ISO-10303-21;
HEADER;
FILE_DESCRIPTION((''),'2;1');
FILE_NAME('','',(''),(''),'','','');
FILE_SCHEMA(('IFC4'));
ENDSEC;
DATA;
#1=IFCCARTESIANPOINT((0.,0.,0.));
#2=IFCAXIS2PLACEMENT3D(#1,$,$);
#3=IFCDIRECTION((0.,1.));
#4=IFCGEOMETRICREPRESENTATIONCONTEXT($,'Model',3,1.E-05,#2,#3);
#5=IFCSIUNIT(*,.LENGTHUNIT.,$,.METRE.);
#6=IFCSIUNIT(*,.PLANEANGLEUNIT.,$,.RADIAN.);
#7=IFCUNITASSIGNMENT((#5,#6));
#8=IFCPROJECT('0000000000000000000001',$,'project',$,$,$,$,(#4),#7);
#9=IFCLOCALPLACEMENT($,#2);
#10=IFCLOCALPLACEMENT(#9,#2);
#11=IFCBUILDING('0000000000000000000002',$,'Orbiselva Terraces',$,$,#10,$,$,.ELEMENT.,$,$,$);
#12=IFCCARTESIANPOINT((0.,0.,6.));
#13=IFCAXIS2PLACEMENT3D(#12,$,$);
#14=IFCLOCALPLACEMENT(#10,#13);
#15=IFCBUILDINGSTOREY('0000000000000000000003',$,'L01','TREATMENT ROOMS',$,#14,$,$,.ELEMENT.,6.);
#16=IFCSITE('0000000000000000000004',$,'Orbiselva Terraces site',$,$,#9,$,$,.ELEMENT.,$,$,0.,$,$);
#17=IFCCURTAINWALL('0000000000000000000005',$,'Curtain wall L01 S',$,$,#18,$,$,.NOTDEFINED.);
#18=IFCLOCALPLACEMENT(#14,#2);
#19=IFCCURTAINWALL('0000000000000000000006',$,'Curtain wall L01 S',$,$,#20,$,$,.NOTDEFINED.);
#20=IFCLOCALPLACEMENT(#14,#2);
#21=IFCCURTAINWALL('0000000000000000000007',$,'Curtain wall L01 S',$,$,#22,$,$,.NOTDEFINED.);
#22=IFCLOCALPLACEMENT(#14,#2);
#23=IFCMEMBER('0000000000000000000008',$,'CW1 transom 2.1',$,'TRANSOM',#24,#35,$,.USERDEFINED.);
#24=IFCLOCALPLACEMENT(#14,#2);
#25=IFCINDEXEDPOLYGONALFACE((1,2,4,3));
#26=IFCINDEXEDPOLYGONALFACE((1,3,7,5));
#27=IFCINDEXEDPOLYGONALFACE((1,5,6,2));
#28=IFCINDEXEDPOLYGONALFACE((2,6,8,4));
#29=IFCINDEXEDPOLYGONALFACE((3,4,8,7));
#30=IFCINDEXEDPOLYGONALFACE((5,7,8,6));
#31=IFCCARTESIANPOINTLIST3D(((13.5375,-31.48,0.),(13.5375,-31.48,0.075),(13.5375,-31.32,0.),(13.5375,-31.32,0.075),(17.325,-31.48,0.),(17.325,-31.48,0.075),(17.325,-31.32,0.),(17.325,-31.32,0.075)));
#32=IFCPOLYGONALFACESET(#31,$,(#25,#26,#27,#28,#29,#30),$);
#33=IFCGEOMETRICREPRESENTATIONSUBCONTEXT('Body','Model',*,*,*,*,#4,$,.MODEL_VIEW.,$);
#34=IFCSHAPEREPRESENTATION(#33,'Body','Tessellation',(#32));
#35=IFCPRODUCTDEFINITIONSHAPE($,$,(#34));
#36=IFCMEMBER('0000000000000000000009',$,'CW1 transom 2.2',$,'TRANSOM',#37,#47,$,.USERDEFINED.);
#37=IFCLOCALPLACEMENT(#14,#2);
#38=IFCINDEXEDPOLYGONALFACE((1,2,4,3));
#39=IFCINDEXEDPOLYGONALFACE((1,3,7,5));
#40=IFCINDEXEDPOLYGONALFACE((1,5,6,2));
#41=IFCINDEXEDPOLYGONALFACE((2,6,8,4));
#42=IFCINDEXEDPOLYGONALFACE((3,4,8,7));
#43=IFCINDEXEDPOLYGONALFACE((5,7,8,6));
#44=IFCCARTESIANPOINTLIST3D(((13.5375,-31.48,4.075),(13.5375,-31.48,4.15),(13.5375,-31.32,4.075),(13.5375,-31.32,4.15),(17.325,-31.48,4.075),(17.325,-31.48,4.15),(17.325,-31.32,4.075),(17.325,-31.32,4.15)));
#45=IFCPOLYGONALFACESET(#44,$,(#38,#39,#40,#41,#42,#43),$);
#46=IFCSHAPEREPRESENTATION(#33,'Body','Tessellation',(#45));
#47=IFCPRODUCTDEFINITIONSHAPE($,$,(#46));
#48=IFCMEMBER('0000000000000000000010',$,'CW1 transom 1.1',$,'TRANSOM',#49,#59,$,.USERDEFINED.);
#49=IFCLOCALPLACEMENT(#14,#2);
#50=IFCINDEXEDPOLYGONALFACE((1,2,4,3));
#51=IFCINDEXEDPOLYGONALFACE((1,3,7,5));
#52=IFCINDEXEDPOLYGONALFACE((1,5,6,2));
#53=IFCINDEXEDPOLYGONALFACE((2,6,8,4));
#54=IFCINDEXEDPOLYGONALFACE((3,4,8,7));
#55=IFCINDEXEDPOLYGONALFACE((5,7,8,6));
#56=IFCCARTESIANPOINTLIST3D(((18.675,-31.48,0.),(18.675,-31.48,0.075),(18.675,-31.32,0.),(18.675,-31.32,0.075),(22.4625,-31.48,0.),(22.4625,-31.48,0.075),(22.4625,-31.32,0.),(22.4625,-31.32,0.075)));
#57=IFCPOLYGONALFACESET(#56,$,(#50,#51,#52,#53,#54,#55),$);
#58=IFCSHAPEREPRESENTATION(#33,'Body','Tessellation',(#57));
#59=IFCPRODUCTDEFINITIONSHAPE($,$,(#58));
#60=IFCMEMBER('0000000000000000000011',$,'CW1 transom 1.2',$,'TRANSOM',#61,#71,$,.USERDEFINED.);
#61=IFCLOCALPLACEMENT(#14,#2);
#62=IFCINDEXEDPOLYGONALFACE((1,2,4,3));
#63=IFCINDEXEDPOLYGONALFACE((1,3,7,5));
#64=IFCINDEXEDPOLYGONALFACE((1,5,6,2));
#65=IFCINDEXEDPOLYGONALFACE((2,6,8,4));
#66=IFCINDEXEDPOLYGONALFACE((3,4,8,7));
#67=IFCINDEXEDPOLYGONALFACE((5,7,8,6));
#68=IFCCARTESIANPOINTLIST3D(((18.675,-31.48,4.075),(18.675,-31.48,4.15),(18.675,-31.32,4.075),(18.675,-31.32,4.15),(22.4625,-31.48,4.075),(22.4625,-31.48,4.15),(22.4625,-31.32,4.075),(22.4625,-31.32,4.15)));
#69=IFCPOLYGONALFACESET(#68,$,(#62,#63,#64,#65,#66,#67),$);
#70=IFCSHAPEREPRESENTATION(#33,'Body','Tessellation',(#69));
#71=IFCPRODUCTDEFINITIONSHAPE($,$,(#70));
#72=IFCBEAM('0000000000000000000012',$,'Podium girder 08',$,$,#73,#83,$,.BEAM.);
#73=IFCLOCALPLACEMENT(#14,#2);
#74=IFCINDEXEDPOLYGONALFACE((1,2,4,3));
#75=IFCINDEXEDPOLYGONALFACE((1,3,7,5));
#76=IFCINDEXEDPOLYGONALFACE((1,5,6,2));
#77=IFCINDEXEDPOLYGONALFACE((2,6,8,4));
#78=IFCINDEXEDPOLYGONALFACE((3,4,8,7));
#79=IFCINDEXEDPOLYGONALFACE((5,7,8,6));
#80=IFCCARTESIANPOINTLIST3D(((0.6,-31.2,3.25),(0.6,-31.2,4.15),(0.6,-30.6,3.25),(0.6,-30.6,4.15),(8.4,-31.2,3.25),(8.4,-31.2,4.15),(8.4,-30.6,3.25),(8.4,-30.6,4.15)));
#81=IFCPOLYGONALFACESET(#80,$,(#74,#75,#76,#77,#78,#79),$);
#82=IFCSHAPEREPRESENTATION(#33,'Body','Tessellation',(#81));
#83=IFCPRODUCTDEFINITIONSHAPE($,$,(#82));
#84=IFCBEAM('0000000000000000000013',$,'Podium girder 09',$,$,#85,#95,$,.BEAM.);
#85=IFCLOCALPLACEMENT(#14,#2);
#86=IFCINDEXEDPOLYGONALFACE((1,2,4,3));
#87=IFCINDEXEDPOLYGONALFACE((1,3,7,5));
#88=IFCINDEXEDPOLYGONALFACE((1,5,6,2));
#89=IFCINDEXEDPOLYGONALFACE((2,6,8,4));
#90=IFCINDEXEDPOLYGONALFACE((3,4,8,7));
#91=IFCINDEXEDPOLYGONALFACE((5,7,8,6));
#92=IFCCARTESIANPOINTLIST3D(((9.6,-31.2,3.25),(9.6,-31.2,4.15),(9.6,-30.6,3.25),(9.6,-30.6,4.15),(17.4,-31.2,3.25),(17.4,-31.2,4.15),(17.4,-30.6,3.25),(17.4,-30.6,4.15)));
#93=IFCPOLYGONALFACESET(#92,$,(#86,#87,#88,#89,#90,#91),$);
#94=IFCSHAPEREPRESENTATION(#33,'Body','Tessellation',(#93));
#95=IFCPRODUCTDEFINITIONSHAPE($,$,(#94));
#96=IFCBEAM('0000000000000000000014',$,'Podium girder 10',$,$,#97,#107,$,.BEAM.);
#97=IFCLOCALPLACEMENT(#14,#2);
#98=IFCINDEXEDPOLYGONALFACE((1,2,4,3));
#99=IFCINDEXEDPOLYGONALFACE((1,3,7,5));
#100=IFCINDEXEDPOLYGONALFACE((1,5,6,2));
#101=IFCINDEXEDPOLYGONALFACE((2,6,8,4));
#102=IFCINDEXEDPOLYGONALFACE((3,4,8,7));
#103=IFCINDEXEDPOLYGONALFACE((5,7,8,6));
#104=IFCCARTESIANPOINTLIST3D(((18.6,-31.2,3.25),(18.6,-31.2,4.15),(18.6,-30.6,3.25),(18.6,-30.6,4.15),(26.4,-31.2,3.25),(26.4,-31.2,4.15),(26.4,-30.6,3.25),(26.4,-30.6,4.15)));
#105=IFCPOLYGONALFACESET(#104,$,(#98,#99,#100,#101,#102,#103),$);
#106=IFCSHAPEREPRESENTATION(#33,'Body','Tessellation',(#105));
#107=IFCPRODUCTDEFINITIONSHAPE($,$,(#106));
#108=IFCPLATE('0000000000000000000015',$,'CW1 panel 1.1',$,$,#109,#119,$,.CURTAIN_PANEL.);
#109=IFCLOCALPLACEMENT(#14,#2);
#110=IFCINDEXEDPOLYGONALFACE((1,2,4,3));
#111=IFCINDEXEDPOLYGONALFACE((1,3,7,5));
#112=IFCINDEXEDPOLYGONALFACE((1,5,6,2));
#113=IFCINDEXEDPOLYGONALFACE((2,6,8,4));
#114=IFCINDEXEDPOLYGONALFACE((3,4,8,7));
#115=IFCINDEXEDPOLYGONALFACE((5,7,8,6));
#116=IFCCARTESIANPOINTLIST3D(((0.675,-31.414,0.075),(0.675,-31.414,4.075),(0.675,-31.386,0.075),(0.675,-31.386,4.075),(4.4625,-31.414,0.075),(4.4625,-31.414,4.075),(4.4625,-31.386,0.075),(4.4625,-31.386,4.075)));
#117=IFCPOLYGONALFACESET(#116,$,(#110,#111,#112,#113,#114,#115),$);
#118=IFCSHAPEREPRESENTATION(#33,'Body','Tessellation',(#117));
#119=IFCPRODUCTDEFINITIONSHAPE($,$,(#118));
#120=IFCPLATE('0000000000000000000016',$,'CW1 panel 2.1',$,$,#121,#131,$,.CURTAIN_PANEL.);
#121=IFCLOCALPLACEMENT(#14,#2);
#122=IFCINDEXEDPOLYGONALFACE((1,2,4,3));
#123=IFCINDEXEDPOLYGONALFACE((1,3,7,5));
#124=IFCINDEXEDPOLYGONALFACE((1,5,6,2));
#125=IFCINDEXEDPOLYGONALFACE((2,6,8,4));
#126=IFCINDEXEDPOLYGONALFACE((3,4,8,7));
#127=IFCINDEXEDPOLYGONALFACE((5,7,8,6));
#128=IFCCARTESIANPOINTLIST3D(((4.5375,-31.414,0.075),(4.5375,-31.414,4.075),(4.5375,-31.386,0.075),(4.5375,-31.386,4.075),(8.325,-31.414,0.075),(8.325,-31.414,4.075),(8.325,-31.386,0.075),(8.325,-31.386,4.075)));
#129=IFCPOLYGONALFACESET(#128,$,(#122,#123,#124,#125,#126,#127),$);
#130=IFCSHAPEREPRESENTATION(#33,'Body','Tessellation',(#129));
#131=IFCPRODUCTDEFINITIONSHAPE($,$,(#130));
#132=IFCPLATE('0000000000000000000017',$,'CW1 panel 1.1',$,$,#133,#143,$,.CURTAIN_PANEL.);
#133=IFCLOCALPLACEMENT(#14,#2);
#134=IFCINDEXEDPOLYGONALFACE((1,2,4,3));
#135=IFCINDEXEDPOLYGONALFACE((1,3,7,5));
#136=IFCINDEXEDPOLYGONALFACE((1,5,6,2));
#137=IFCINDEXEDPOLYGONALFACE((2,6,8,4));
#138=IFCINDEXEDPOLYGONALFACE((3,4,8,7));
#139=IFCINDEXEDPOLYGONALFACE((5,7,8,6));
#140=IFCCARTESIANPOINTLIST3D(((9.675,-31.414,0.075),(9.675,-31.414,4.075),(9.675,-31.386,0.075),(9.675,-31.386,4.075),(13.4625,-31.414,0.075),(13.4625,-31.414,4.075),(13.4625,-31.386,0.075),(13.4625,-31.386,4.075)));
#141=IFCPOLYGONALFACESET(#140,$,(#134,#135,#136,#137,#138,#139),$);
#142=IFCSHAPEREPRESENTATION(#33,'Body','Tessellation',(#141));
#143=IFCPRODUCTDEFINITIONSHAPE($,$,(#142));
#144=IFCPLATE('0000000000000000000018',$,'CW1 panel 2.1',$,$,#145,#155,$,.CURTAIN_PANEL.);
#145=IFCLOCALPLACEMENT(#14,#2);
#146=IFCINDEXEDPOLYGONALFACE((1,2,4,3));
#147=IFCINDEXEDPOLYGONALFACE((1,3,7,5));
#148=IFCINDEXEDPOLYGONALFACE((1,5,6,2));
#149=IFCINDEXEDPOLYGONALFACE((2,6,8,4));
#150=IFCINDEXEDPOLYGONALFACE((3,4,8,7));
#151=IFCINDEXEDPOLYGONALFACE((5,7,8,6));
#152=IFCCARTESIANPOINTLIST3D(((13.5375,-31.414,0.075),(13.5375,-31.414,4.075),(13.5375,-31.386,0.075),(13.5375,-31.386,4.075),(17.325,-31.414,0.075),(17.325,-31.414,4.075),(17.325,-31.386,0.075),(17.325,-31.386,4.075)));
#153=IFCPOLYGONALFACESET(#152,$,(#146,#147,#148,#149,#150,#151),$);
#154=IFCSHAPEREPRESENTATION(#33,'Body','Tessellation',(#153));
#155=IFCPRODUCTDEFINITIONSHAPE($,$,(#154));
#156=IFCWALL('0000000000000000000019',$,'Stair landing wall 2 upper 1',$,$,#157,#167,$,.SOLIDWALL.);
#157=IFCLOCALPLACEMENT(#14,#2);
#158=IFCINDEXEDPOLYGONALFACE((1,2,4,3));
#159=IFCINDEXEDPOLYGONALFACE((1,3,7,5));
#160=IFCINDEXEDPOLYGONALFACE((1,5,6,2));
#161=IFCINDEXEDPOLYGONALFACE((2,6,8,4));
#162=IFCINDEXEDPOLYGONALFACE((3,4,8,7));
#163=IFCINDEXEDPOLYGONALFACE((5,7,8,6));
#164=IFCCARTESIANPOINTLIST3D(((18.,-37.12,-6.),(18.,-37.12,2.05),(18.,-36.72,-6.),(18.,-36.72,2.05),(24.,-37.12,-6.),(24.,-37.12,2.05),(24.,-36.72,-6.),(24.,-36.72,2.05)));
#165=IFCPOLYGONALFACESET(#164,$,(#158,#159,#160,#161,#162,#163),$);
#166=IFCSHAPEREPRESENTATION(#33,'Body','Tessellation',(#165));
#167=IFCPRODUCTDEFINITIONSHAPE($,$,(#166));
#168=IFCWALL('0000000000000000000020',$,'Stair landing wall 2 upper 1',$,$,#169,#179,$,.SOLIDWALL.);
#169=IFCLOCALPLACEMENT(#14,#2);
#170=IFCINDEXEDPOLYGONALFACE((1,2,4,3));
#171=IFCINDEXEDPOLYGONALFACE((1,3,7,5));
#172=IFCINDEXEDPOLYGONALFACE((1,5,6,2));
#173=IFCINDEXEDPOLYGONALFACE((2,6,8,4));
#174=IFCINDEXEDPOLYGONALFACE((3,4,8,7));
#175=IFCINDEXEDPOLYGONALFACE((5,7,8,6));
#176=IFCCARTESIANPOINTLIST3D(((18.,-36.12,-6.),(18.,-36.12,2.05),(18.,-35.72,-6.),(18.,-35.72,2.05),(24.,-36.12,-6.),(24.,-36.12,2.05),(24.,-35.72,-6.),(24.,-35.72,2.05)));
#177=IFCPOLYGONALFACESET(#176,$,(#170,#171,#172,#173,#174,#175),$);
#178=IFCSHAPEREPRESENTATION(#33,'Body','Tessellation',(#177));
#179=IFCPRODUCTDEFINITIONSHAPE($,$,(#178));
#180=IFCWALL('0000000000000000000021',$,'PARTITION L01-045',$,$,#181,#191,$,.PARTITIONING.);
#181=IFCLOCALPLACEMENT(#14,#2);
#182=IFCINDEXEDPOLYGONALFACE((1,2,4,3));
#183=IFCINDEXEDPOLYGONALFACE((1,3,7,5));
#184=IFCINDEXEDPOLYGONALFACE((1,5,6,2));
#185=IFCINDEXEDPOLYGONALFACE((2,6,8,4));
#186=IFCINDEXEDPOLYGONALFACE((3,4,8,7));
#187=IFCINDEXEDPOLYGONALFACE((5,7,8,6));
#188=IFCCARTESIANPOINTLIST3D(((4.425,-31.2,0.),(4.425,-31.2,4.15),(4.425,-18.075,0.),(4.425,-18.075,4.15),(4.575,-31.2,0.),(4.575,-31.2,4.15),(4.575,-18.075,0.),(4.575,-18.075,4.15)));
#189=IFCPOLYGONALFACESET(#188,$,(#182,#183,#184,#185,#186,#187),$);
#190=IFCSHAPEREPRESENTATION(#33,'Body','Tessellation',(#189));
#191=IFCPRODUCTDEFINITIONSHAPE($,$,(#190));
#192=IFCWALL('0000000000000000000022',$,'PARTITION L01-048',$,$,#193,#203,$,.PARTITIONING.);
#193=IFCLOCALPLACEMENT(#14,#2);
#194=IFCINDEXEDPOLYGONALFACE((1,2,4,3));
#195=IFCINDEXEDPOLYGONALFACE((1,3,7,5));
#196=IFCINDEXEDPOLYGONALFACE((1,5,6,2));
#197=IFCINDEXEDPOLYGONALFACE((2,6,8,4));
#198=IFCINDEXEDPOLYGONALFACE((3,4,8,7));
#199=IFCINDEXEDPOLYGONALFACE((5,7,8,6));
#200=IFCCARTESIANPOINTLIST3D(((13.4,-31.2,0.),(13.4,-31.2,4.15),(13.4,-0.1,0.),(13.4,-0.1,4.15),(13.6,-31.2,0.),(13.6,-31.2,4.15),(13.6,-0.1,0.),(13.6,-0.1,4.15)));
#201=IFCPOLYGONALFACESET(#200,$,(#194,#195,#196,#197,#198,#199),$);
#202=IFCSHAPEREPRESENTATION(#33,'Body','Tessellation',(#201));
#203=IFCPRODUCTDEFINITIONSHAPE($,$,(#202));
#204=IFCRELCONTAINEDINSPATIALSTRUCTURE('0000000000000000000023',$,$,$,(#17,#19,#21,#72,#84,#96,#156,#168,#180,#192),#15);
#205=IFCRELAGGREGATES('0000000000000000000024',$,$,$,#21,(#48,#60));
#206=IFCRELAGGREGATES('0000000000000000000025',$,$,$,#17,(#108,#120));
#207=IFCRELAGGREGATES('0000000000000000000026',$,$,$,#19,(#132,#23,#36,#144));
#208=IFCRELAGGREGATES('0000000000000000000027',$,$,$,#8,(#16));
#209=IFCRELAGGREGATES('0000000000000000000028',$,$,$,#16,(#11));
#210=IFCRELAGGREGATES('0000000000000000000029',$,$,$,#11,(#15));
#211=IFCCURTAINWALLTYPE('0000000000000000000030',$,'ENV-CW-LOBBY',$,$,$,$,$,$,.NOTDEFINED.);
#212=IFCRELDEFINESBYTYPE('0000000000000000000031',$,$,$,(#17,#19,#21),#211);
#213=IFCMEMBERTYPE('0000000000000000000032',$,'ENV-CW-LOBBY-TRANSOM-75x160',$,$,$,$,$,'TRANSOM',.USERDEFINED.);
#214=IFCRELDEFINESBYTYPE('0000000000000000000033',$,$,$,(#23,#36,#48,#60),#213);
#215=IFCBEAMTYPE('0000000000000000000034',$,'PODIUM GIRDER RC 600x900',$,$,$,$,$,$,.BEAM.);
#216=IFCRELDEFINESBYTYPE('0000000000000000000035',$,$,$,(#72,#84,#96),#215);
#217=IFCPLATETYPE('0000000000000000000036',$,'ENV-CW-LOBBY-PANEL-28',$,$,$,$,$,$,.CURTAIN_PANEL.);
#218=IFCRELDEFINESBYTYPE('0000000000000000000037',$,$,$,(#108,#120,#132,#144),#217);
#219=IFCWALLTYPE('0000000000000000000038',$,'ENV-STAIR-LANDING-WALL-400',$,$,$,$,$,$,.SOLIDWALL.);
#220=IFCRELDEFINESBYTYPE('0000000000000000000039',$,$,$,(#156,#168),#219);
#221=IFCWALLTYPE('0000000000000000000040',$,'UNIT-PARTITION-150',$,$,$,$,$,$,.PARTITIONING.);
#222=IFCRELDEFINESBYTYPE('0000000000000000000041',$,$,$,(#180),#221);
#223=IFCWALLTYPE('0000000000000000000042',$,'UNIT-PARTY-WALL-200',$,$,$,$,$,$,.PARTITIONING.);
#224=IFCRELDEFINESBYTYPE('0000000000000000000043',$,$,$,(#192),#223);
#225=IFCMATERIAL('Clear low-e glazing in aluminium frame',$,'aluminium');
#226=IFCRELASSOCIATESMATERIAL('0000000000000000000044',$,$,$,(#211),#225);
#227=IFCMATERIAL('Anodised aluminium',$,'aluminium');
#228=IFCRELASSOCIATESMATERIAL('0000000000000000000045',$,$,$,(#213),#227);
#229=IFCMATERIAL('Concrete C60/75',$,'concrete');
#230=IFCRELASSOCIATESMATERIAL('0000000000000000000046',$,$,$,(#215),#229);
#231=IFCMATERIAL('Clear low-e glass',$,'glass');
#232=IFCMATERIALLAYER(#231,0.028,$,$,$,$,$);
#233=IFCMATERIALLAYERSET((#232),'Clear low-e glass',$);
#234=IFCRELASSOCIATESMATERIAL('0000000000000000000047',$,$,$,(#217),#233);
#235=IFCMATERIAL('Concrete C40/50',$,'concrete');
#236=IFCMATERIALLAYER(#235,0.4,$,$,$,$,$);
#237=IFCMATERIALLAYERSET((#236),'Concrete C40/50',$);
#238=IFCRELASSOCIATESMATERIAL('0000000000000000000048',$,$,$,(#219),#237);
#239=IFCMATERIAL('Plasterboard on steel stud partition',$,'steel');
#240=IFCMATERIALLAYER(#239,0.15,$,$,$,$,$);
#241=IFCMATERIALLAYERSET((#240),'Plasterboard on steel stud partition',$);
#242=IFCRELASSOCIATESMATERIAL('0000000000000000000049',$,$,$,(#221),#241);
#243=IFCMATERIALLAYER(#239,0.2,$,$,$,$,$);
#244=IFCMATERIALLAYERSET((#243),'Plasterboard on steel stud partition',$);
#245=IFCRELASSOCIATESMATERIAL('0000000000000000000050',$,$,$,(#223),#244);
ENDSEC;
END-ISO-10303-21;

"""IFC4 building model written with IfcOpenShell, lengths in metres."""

from ifc_helpers import new_model, si_unit, direction, frame, frame_2d, origin, origin_2d, place, context, subcontext, project, spatial, rectangle, extrude, material, layer, layer_set, material_profile, profile_set, type_object, element, aggregate, save


model = new_model("IFC4")

# Units and contexts
model_context = context("Model", 3, precision=1e-05, world=origin(), true_north=direction((0.0, 1.0)))
body_context = subcontext(model_context, "Body", "Model", "MODEL_VIEW")
ifc_project = project(units=[si_unit("LENGTHUNIT", "METRE"), si_unit("PLANEANGLEUNIT", "RADIAN")], contexts=[model_context])

# Site, building, storey
site_placement = place(None, origin())
site = spatial("IfcSite", under=ifc_project, at=site_placement, Name="Orbiselva Terraces site", CompositionType="ELEMENT", RefElevation=0.0)
building_placement = place(site_placement, origin())
building = spatial("IfcBuilding", under=site, at=building_placement, Name="Orbiselva Terraces", CompositionType="ELEMENT")
storey_placement = place(building_placement, frame((0.0, 0.0, 6.0)))
storey = spatial("IfcBuildingStorey", under=building, at=storey_placement, Name="L01", Description="TREATMENT ROOMS", CompositionType="ELEMENT", Elevation=6.0)

# Shared definitions
ifc_material_1 = material(Name="Concrete C60/75", Category="concrete")

# Curtain walls
ifc_material_2 = material(Name="Clear low-e glazing in aluminium frame", Category="aluminium")
curtain_wall_type = type_object("IfcCurtainWallType", Name="ENV-CW-LOBBY", PredefinedType="NOTDEFINED", material=ifc_material_2)
curtain_wall_1_placement = place(storey_placement, origin())
curtain_wall_1 = element("IfcCurtainWall", 1, at=curtain_wall_1_placement, inside=storey, type_object=curtain_wall_type, Name="Curtain wall L01 S", PredefinedType="NOTDEFINED")
ifc_material_3 = material(Name="Anodised aluminium", Category="aluminium")
curtain_wall_2_placement = place(storey_placement, origin())
curtain_wall_2 = element("IfcCurtainWall", 2, at=curtain_wall_2_placement, inside=storey, type_object=curtain_wall_type, Name="Curtain wall L01 S", PredefinedType="NOTDEFINED")

# Curtain wall
curtain_wall_3_placement = place(storey_placement, origin())
curtain_wall_3 = element("IfcCurtainWall", 3, at=curtain_wall_3_placement, inside=storey, type_object=curtain_wall_type, Name="Curtain wall L01 S", PredefinedType="NOTDEFINED")

# Members
ifc_material_profile_1 = material_profile(ifc_material_3, rectangle(XDim=0.16, YDim=0.075, at=origin_2d()), Name="AL 75x160")
ifc_profile_set_1 = profile_set([ifc_material_profile_1], Name="Anodised aluminium")
member_type_1 = type_object("IfcMemberType", Name="ENV-CW-LOBBY-TRANSOM-75x160", ElementType="TRANSOM", PredefinedType="USERDEFINED", material=ifc_profile_set_1)
member_1_placement = place(storey_placement, frame((13.5375, -31.4, 0.0375), z_axis=(1.0, 0.0, 0.0), x_axis=(0.0, 1.0, 0.0)))
member_1 = element("IfcMember", 4, at=member_1_placement, type_object=member_type_1, Name="CW1 transom 2.1", ObjectType="TRANSOM", PredefinedType="USERDEFINED", context=body_context, shape_type="SweptSolid", body=[
    extrude(rectangle(XDim=0.16, YDim=0.075, at=origin_2d()), origin(), (0.0, 0.0, 1.0), 3.7875),
])
member_2_placement = place(storey_placement, frame((13.5375, -31.4, 4.1125), z_axis=(1.0, 0.0, 0.0), x_axis=(0.0, 1.0, 0.0)))
member_2 = element("IfcMember", 5, at=member_2_placement, type_object=member_type_1, Name="CW1 transom 2.2", ObjectType="TRANSOM", PredefinedType="USERDEFINED", context=body_context, shape_type="SweptSolid", body=[
    extrude(rectangle(XDim=0.16, YDim=0.075, at=origin_2d()), origin(), (0.0, 0.0, 1.0), 3.7875),
])
member_3_placement = place(storey_placement, frame((18.675, -31.4, 0.0375), z_axis=(1.0, 0.0, 0.0), x_axis=(0.0, 1.0, 0.0)))
member_3 = element("IfcMember", 6, at=member_3_placement, type_object=member_type_1, Name="CW1 transom 1.1", ObjectType="TRANSOM", PredefinedType="USERDEFINED", context=body_context, shape_type="SweptSolid", body=[
    extrude(rectangle(XDim=0.16, YDim=0.075, at=origin_2d()), origin(), (0.0, 0.0, 1.0), 3.7875),
])
member_4_placement = place(storey_placement, frame((18.675, -31.4, 4.1125), z_axis=(1.0, 0.0, 0.0), x_axis=(0.0, 1.0, 0.0)))
member_4 = element("IfcMember", 7, at=member_4_placement, type_object=member_type_1, Name="CW1 transom 1.2", ObjectType="TRANSOM", PredefinedType="USERDEFINED", context=body_context, shape_type="SweptSolid", body=[
    extrude(rectangle(XDim=0.16, YDim=0.075, at=origin_2d()), origin(), (0.0, 0.0, 1.0), 3.7875),
])
aggregate(curtain_wall_3, [member_3, member_4])

# Beams
ifc_material_profile_2 = material_profile(ifc_material_1, rectangle(XDim=0.6, YDim=0.9, at=origin_2d()), Name="RC 600x900")
ifc_profile_set_2 = profile_set([ifc_material_profile_2], Name="Concrete C60/75")
beam_type = type_object("IfcBeamType", Name="PODIUM GIRDER RC 600x900", PredefinedType="BEAM", material=ifc_profile_set_2)
for number, where, z_axis, x_axis, name in (
    (8, (0.6, -30.9, 3.7), (1.0, 0.0, 0.0), (0.0, 1.0, 0.0), "Podium girder 08"),
    (9, (9.6, -30.9, 3.7), (1.0, 0.0, 0.0), (0.0, 1.0, 0.0), "Podium girder 09"),
    (10, (18.6, -30.9, 3.7), (1.0, 0.0, 0.0), (0.0, 1.0, 0.0), "Podium girder 10"),
):
    element("IfcBeam", number, at=place(storey_placement, frame(where, z_axis=z_axis, x_axis=x_axis)), inside=storey, type_object=beam_type, Name=name, PredefinedType="BEAM", context=body_context, shape_type="SweptSolid", body=[
        extrude(rectangle(XDim=0.6, YDim=0.9, at=origin_2d()), origin(), (0.0, 0.0, 1.0), 7.8),
    ])

# Plates
ifc_material_4 = material(Name="Clear low-e glass", Category="glass")
ifc_layer_1 = layer(ifc_material_4, 0.028)
ifc_layer_set_1 = layer_set([ifc_layer_1], Name="Clear low-e glass")
plate_type = type_object("IfcPlateType", Name="ENV-CW-LOBBY-PANEL-28", PredefinedType="CURTAIN_PANEL", material=ifc_layer_set_1)
plate_1_placement = place(storey_placement, frame((2.5688, -31.4, 0.075), z_axis=(0.0, 0.0, 1.0), x_axis=(1.0, 0.0, 0.0)))
plate_1 = element("IfcPlate", 11, at=plate_1_placement, type_object=plate_type, Name="CW1 panel 1.1", PredefinedType="CURTAIN_PANEL", context=body_context, shape_type="SweptSolid", body=[
    extrude(rectangle(XDim=3.7875, YDim=0.028, at=origin_2d()), origin(), (0.0, 0.0, 1.0), 4.0),
])
plate_2_placement = place(storey_placement, frame((6.4313, -31.4, 0.075), z_axis=(0.0, 0.0, 1.0), x_axis=(1.0, 0.0, 0.0)))
plate_2 = element("IfcPlate", 12, at=plate_2_placement, type_object=plate_type, Name="CW1 panel 2.1", PredefinedType="CURTAIN_PANEL", context=body_context, shape_type="SweptSolid", body=[
    extrude(rectangle(XDim=3.7875, YDim=0.028, at=origin_2d()), origin(), (0.0, 0.0, 1.0), 4.0),
])
aggregate(curtain_wall_1, [plate_1, plate_2])
plate_3_placement = place(storey_placement, frame((11.5687, -31.4, 0.075), z_axis=(0.0, 0.0, 1.0), x_axis=(1.0, 0.0, 0.0)))
plate_3 = element("IfcPlate", 13, at=plate_3_placement, type_object=plate_type, Name="CW1 panel 1.1", PredefinedType="CURTAIN_PANEL", context=body_context, shape_type="SweptSolid", body=[
    extrude(rectangle(XDim=3.7875, YDim=0.028, at=origin_2d()), origin(), (0.0, 0.0, 1.0), 4.0),
])
plate_4_placement = place(storey_placement, frame((15.4313, -31.4, 0.075), z_axis=(0.0, 0.0, 1.0), x_axis=(1.0, 0.0, 0.0)))
plate_4 = element("IfcPlate", 14, at=plate_4_placement, type_object=plate_type, Name="CW1 panel 2.1", PredefinedType="CURTAIN_PANEL", context=body_context, shape_type="SweptSolid", body=[
    extrude(rectangle(XDim=3.7875, YDim=0.028, at=origin_2d()), origin(), (0.0, 0.0, 1.0), 4.0),
])
aggregate(curtain_wall_2, [plate_3, member_1, member_2, plate_4])

# Walls
ifc_material_5 = material(Name="Concrete C40/50", Category="concrete")
ifc_layer_2 = layer(ifc_material_5, 0.4)
ifc_layer_set_2 = layer_set([ifc_layer_2], Name="Concrete C40/50")
wall_type_1 = type_object("IfcWallType", Name="ENV-STAIR-LANDING-WALL-400", PredefinedType="SOLIDWALL", material=ifc_layer_set_2)
for number, where, z_axis, x_axis, name in (
    (15, (18.0, -36.92, -6.0), (0.0, 0.0, 1.0), (1.0, 0.0, 0.0), "Stair landing wall 2 upper 1"),
    (16, (18.0, -35.92, -6.0), (0.0, 0.0, 1.0), (1.0, 0.0, 0.0), "Stair landing wall 2 upper 1"),
):
    element("IfcWall", number, at=place(storey_placement, frame(where, z_axis=z_axis, x_axis=x_axis)), inside=storey, type_object=wall_type_1, Name=name, PredefinedType="SOLIDWALL", context=body_context, shape_type="SweptSolid", body=[
        extrude(rectangle(XDim=6.0, YDim=0.4, at=frame_2d((3.0, 0.0))), origin(), (0.0, 0.0, 1.0), 8.05),
    ])
ifc_material_6 = material(Name="Plasterboard on steel stud partition", Category="steel")
ifc_layer_3 = layer(ifc_material_6, 0.15)
ifc_layer_set_3 = layer_set([ifc_layer_3], Name="Plasterboard on steel stud partition")
wall_type_2 = type_object("IfcWallType", Name="UNIT-PARTITION-150", PredefinedType="PARTITIONING", material=ifc_layer_set_3)
wall_1_placement = place(storey_placement, frame((4.5, -31.2, 0.0), z_axis=(0.0, 0.0, 1.0), x_axis=(0.0, 1.0, 0.0)))
element("IfcWall", 17, at=wall_1_placement, inside=storey, type_object=wall_type_2, Name="PARTITION L01-045", PredefinedType="PARTITIONING", context=body_context, shape_type="SweptSolid", body=[
    extrude(rectangle(XDim=13.125, YDim=0.15, at=frame_2d((6.5625, 0.0))), origin(), (0.0, 0.0, 1.0), 4.15),
])
ifc_layer_4 = layer(ifc_material_6, 0.2)
ifc_layer_set_4 = layer_set([ifc_layer_4], Name="Plasterboard on steel stud partition")
wall_type_3 = type_object("IfcWallType", Name="UNIT-PARTY-WALL-200", PredefinedType="PARTITIONING", material=ifc_layer_set_4)
wall_2_placement = place(storey_placement, frame((13.5, -31.2, 0.0), z_axis=(0.0, 0.0, 1.0), x_axis=(0.0, 1.0, 0.0)))
element("IfcWall", 18, at=wall_2_placement, inside=storey, type_object=wall_type_3, Name="PARTITION L01-048", PredefinedType="PARTITIONING", context=body_context, shape_type="SweptSolid", body=[
    extrude(rectangle(XDim=31.1, YDim=0.2, at=frame_2d((15.55, 0.0))), origin(), (0.0, 0.0, 1.0), 4.15),
])

save(model, "model.ifc")
